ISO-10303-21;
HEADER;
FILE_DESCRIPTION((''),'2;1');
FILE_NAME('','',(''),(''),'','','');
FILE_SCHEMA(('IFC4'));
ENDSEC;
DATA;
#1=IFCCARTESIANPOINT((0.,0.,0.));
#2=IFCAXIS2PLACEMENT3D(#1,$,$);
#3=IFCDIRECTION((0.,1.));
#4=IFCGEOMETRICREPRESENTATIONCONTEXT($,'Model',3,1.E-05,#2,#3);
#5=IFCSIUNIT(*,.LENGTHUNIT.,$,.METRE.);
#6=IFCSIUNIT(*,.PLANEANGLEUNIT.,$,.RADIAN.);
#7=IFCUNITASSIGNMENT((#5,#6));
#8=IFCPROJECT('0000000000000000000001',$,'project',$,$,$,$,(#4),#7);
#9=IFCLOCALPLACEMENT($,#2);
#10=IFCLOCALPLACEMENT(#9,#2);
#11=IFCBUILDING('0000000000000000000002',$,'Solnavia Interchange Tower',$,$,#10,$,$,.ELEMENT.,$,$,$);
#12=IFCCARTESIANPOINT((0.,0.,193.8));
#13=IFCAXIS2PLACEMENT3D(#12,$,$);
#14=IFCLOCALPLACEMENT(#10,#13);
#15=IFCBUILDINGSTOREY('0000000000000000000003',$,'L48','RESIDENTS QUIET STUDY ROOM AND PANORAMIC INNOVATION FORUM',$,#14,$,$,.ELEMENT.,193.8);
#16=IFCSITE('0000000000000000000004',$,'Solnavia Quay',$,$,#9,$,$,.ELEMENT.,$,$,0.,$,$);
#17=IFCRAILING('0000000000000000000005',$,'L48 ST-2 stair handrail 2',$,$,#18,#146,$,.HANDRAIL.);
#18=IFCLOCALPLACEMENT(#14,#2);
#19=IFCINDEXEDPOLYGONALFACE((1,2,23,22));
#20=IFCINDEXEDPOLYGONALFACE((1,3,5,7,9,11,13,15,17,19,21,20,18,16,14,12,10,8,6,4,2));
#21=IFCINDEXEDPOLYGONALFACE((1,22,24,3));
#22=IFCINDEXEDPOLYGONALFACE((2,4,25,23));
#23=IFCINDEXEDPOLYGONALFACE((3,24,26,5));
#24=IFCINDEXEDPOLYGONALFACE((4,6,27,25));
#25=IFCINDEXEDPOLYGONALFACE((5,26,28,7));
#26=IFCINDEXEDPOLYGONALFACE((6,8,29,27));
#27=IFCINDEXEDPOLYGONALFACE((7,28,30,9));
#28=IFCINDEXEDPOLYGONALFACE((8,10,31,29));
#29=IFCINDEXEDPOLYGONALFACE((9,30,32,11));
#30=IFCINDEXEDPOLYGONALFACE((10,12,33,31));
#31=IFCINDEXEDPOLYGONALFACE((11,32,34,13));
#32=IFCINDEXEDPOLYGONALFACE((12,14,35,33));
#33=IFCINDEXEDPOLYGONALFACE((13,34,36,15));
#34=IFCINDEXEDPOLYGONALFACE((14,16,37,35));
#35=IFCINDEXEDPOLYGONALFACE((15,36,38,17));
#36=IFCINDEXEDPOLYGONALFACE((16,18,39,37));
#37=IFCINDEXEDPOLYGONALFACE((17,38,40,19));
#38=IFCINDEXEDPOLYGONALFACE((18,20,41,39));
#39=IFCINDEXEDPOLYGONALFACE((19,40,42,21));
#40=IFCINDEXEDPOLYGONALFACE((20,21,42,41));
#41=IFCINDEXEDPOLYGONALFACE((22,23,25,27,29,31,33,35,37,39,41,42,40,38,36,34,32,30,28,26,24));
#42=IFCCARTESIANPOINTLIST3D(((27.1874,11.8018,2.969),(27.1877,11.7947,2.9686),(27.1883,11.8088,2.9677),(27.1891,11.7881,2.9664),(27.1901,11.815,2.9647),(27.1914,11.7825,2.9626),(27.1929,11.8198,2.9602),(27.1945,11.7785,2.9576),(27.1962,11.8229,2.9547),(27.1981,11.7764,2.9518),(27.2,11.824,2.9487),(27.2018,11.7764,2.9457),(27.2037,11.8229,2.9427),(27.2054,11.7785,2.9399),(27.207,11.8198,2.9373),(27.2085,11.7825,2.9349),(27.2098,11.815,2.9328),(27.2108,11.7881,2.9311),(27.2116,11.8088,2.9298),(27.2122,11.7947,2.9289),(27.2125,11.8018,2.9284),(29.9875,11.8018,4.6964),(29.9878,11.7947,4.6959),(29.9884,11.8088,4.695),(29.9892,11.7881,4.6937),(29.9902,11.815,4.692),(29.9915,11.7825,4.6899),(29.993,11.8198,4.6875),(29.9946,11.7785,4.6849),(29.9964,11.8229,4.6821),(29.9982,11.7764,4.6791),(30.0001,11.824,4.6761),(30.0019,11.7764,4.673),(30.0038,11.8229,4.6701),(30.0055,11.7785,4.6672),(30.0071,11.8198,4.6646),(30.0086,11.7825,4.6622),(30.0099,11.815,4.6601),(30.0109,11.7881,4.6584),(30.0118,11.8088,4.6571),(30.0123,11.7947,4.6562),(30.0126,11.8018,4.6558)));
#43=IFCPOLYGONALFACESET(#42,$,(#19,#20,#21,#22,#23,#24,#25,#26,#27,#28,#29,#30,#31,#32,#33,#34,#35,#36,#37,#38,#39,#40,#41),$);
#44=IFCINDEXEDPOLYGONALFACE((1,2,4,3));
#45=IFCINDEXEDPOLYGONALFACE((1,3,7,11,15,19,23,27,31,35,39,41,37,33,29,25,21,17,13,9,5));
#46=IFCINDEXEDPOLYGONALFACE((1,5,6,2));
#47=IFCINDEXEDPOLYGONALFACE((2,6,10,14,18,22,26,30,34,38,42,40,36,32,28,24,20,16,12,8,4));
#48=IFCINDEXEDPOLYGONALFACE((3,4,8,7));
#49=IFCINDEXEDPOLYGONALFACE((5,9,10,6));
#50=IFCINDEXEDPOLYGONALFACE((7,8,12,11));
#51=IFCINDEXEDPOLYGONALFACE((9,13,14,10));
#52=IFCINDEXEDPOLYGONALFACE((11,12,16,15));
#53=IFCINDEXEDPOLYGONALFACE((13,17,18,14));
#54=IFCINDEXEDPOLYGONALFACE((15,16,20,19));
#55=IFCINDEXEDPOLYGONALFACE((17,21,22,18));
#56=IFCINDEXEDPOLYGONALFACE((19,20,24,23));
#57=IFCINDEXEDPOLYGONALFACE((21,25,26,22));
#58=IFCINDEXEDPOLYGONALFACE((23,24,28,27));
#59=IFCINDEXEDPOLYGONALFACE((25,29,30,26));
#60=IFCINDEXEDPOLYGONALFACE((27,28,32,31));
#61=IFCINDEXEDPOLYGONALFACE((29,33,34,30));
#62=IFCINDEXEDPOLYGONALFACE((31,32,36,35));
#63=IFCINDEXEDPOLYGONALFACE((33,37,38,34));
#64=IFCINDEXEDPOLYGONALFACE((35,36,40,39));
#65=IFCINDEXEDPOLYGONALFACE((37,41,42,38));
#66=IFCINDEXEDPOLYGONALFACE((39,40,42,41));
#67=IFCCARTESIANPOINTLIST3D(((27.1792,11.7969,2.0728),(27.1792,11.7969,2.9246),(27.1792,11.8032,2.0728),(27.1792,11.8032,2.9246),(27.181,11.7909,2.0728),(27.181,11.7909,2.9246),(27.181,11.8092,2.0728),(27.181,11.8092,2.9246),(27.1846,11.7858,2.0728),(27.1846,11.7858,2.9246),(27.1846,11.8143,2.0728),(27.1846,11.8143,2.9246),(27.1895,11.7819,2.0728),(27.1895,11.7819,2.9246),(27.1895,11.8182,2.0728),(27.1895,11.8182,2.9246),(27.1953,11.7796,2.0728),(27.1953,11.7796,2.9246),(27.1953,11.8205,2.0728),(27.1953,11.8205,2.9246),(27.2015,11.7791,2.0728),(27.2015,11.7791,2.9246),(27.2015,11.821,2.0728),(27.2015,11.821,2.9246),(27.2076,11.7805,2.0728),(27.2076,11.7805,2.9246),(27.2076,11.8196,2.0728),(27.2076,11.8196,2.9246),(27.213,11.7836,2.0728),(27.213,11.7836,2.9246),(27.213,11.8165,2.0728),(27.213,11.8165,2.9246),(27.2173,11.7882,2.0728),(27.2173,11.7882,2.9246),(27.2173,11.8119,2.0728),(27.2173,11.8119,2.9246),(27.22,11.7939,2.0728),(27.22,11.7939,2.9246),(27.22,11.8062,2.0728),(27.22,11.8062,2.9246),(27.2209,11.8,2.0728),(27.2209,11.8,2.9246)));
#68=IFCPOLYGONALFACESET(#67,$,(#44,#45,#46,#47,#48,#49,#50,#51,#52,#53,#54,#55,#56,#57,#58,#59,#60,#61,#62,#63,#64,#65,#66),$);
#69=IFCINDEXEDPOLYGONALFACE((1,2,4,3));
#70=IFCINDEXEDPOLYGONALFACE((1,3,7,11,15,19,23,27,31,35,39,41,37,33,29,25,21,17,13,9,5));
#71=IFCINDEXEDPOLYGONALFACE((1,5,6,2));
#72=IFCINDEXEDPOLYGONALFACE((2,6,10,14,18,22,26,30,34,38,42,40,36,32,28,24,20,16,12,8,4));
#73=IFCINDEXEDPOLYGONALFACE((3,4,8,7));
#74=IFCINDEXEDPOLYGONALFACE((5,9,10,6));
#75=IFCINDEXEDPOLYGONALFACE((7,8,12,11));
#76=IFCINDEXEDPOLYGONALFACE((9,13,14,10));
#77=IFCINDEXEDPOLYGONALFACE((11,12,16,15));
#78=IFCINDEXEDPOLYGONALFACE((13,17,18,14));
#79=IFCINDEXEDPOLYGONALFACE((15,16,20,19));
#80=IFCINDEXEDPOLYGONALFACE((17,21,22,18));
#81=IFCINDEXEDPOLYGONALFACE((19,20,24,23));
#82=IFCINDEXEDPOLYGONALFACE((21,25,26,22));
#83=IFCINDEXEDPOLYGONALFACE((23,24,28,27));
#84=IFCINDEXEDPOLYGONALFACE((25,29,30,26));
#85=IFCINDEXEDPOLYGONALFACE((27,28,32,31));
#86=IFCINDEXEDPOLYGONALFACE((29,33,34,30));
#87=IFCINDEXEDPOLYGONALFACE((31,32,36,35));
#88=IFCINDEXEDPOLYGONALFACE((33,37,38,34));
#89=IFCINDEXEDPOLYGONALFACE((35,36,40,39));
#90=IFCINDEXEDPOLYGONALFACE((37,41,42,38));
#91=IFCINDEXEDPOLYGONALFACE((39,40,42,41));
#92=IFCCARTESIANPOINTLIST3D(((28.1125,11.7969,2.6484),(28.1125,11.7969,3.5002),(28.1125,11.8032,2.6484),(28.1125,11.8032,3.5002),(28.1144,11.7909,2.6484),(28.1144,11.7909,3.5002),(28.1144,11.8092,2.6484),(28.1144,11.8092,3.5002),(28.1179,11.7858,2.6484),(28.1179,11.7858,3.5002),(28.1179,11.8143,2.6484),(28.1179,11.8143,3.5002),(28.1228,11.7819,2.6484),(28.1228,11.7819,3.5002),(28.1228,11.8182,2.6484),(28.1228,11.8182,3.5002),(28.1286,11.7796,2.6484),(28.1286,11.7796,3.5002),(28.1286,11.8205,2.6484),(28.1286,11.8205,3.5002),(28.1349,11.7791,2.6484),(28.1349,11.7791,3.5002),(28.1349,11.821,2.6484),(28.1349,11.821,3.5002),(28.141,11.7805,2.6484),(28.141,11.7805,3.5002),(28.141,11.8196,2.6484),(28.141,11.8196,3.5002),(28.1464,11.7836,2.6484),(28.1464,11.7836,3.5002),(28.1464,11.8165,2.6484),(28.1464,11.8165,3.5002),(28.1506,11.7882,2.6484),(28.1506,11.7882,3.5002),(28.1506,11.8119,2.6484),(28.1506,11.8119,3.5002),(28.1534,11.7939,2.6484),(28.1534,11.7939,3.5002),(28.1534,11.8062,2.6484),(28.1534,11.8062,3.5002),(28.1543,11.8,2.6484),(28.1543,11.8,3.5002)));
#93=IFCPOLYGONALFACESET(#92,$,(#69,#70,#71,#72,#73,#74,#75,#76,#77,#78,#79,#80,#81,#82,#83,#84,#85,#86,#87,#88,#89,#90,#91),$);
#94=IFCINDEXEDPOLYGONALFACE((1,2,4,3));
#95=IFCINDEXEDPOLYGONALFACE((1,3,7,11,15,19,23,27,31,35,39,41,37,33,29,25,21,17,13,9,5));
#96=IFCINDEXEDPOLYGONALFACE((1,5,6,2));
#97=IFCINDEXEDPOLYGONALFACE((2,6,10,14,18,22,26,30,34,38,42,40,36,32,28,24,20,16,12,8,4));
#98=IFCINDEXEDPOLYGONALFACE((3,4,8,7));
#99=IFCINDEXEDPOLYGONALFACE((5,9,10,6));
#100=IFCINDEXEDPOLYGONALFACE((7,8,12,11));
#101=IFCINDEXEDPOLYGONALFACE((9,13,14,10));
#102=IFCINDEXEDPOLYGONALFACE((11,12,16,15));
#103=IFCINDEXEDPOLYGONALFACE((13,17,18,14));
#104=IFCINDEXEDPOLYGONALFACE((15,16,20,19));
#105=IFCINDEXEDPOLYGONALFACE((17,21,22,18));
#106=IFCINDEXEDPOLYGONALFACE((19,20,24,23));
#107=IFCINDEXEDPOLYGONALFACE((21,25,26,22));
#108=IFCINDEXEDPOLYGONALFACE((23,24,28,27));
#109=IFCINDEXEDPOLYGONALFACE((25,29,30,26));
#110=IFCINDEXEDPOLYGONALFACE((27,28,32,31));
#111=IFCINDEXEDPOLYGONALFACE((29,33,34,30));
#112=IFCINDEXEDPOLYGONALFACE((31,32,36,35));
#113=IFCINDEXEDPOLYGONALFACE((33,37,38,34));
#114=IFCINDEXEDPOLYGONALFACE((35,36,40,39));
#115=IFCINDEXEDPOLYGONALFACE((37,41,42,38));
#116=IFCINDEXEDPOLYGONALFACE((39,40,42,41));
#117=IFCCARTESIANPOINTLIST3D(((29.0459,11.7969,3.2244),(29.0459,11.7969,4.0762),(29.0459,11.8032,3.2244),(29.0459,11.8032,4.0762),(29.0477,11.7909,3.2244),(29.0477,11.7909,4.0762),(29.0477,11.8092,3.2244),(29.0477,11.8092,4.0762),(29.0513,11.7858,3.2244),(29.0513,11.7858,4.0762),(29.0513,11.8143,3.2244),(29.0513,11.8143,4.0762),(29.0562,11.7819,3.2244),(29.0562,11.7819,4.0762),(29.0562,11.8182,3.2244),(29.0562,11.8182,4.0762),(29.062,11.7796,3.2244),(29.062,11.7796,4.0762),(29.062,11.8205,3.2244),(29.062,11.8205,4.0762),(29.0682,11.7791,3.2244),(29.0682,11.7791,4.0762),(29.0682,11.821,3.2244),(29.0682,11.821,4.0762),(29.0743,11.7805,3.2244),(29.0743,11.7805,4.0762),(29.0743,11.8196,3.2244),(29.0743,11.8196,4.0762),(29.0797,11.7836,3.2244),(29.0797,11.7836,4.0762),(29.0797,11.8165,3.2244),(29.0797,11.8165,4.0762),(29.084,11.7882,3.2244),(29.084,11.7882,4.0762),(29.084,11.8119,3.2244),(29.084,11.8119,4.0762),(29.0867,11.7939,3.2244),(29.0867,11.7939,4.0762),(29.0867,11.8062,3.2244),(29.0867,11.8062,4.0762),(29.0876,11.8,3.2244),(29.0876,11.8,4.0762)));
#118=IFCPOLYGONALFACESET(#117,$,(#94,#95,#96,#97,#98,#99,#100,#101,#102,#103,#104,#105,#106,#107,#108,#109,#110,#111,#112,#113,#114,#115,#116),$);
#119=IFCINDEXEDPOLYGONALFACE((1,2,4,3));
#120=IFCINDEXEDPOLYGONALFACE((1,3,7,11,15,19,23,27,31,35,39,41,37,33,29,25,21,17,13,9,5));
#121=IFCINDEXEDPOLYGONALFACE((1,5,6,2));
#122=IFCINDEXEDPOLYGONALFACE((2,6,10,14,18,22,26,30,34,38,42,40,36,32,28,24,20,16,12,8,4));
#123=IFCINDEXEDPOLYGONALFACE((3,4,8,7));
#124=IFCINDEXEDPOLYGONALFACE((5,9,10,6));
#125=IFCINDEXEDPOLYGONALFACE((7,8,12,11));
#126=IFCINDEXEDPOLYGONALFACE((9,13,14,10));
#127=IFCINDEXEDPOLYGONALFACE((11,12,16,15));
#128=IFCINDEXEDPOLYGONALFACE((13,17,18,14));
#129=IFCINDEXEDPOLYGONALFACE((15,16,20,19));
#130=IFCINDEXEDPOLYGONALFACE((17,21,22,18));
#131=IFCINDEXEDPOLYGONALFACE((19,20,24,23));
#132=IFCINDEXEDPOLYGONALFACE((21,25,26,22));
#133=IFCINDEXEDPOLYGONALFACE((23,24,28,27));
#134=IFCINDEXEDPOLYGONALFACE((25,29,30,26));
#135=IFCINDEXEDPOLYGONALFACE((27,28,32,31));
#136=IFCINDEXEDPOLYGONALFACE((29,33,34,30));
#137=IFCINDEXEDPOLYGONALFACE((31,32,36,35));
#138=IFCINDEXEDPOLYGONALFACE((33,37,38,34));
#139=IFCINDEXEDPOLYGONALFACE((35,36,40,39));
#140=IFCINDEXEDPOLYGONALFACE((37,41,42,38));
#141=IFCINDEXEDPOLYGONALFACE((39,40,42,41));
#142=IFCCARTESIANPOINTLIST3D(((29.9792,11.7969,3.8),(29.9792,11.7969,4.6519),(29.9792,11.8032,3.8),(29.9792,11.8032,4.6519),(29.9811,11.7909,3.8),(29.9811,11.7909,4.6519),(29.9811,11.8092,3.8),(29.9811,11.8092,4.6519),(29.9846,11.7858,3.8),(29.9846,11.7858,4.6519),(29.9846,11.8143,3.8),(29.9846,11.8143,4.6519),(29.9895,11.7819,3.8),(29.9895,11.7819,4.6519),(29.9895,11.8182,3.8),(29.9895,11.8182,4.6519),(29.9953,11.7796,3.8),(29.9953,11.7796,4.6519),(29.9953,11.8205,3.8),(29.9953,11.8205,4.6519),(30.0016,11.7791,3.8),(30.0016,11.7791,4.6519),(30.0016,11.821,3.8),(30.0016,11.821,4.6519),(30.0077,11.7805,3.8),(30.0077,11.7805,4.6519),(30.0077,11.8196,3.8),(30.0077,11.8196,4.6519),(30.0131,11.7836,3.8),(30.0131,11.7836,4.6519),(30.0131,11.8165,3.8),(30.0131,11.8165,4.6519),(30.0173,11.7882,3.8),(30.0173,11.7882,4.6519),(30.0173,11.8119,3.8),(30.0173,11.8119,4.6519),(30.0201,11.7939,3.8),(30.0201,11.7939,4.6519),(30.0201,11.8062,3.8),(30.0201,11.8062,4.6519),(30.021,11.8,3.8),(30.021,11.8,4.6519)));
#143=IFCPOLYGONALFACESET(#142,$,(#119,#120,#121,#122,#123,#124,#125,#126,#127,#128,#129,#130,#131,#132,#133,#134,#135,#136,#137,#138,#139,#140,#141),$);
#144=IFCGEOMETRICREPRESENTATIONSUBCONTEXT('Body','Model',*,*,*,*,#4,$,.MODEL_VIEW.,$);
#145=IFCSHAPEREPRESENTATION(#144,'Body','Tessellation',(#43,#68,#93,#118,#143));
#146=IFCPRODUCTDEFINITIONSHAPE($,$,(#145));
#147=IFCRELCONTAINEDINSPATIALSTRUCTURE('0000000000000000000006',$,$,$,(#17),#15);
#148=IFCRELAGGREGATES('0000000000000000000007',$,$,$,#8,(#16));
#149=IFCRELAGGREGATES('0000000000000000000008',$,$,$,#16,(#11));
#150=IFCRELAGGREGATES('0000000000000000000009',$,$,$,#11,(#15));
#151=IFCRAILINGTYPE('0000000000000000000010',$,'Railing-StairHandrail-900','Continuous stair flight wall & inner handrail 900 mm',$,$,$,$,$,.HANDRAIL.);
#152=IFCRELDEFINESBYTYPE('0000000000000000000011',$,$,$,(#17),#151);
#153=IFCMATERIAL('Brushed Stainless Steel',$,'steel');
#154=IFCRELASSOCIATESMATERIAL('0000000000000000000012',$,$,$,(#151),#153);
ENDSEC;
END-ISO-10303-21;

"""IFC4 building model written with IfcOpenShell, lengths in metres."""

from ifc_helpers import new_model, si_unit, direction, frame, origin, origin_2d, place, context, subcontext, project, spatial, circle, extrude, material, type_object, element, save


model = new_model("IFC4")

# Units and contexts
model_context = context("Model", 3, precision=1e-05, world=origin(), true_north=direction((0.0, 1.0)))
body_context = subcontext(model_context, "Body", "Model", "MODEL_VIEW")
ifc_project = project(units=[si_unit("LENGTHUNIT", "METRE"), si_unit("PLANEANGLEUNIT", "RADIAN")], contexts=[model_context])

# Site, building, storey
site_placement = place(None, origin())
site = spatial("IfcSite", under=ifc_project, at=site_placement, Name="Solnavia Quay", CompositionType="ELEMENT", RefElevation=0.0)
building_placement = place(site_placement, origin())
building = spatial("IfcBuilding", under=site, at=building_placement, Name="Solnavia Interchange Tower", CompositionType="ELEMENT")
storey_placement = place(building_placement, frame((0.0, 0.0, 193.8)))
storey = spatial("IfcBuildingStorey", under=building, at=storey_placement, Name="L48", Description="RESIDENTS QUIET STUDY ROOM AND PANORAMIC INNOVATION FORUM", CompositionType="ELEMENT", Elevation=193.8)

# Railing
ifc_material_1 = material(Name="Brushed Stainless Steel", Category="steel")
railing_type_1 = type_object("IfcRailingType", Name="Railing-StairHandrail-900", Description="Continuous stair flight wall & inner handrail 900 mm", PredefinedType="HANDRAIL", material=ifc_material_1)
railing_1_placement = place(storey_placement, frame((27.2, 11.8, 2.0728)))
element("IfcRailing", 1, at=railing_1_placement, inside=storey, type_object=railing_type_1, Name="L48 ST-2 stair handrail 2", PredefinedType="HANDRAIL", context=body_context, shape_type="SweptSolid", body=[
    extrude(circle(Radius=0.0239, at=origin_2d()), frame((0.0, 0.0, 0.876), z_axis=(0.85109, 0.0, 0.52502), x_axis=(0.0, 1.0, 0.0)), (0.0, 0.0, 1.0), 3.29),
    extrude(circle(Radius=0.021, at=origin_2d()), origin(), (0.0, 0.0, 1.0), 0.8518),
    extrude(circle(Radius=0.021, at=origin_2d()), frame((0.9333, 0.0, 0.5757)), (0.0, 0.0, 1.0), 0.8518),
    extrude(circle(Radius=0.021, at=origin_2d()), frame((1.8667, 0.0, 1.1516)), (0.0, 0.0, 1.0), 0.8518),
    extrude(circle(Radius=0.021, at=origin_2d()), frame((2.8, 0.0, 1.7273)), (0.0, 0.0, 1.0), 0.8518),
])

save(model, "model.ifc")
